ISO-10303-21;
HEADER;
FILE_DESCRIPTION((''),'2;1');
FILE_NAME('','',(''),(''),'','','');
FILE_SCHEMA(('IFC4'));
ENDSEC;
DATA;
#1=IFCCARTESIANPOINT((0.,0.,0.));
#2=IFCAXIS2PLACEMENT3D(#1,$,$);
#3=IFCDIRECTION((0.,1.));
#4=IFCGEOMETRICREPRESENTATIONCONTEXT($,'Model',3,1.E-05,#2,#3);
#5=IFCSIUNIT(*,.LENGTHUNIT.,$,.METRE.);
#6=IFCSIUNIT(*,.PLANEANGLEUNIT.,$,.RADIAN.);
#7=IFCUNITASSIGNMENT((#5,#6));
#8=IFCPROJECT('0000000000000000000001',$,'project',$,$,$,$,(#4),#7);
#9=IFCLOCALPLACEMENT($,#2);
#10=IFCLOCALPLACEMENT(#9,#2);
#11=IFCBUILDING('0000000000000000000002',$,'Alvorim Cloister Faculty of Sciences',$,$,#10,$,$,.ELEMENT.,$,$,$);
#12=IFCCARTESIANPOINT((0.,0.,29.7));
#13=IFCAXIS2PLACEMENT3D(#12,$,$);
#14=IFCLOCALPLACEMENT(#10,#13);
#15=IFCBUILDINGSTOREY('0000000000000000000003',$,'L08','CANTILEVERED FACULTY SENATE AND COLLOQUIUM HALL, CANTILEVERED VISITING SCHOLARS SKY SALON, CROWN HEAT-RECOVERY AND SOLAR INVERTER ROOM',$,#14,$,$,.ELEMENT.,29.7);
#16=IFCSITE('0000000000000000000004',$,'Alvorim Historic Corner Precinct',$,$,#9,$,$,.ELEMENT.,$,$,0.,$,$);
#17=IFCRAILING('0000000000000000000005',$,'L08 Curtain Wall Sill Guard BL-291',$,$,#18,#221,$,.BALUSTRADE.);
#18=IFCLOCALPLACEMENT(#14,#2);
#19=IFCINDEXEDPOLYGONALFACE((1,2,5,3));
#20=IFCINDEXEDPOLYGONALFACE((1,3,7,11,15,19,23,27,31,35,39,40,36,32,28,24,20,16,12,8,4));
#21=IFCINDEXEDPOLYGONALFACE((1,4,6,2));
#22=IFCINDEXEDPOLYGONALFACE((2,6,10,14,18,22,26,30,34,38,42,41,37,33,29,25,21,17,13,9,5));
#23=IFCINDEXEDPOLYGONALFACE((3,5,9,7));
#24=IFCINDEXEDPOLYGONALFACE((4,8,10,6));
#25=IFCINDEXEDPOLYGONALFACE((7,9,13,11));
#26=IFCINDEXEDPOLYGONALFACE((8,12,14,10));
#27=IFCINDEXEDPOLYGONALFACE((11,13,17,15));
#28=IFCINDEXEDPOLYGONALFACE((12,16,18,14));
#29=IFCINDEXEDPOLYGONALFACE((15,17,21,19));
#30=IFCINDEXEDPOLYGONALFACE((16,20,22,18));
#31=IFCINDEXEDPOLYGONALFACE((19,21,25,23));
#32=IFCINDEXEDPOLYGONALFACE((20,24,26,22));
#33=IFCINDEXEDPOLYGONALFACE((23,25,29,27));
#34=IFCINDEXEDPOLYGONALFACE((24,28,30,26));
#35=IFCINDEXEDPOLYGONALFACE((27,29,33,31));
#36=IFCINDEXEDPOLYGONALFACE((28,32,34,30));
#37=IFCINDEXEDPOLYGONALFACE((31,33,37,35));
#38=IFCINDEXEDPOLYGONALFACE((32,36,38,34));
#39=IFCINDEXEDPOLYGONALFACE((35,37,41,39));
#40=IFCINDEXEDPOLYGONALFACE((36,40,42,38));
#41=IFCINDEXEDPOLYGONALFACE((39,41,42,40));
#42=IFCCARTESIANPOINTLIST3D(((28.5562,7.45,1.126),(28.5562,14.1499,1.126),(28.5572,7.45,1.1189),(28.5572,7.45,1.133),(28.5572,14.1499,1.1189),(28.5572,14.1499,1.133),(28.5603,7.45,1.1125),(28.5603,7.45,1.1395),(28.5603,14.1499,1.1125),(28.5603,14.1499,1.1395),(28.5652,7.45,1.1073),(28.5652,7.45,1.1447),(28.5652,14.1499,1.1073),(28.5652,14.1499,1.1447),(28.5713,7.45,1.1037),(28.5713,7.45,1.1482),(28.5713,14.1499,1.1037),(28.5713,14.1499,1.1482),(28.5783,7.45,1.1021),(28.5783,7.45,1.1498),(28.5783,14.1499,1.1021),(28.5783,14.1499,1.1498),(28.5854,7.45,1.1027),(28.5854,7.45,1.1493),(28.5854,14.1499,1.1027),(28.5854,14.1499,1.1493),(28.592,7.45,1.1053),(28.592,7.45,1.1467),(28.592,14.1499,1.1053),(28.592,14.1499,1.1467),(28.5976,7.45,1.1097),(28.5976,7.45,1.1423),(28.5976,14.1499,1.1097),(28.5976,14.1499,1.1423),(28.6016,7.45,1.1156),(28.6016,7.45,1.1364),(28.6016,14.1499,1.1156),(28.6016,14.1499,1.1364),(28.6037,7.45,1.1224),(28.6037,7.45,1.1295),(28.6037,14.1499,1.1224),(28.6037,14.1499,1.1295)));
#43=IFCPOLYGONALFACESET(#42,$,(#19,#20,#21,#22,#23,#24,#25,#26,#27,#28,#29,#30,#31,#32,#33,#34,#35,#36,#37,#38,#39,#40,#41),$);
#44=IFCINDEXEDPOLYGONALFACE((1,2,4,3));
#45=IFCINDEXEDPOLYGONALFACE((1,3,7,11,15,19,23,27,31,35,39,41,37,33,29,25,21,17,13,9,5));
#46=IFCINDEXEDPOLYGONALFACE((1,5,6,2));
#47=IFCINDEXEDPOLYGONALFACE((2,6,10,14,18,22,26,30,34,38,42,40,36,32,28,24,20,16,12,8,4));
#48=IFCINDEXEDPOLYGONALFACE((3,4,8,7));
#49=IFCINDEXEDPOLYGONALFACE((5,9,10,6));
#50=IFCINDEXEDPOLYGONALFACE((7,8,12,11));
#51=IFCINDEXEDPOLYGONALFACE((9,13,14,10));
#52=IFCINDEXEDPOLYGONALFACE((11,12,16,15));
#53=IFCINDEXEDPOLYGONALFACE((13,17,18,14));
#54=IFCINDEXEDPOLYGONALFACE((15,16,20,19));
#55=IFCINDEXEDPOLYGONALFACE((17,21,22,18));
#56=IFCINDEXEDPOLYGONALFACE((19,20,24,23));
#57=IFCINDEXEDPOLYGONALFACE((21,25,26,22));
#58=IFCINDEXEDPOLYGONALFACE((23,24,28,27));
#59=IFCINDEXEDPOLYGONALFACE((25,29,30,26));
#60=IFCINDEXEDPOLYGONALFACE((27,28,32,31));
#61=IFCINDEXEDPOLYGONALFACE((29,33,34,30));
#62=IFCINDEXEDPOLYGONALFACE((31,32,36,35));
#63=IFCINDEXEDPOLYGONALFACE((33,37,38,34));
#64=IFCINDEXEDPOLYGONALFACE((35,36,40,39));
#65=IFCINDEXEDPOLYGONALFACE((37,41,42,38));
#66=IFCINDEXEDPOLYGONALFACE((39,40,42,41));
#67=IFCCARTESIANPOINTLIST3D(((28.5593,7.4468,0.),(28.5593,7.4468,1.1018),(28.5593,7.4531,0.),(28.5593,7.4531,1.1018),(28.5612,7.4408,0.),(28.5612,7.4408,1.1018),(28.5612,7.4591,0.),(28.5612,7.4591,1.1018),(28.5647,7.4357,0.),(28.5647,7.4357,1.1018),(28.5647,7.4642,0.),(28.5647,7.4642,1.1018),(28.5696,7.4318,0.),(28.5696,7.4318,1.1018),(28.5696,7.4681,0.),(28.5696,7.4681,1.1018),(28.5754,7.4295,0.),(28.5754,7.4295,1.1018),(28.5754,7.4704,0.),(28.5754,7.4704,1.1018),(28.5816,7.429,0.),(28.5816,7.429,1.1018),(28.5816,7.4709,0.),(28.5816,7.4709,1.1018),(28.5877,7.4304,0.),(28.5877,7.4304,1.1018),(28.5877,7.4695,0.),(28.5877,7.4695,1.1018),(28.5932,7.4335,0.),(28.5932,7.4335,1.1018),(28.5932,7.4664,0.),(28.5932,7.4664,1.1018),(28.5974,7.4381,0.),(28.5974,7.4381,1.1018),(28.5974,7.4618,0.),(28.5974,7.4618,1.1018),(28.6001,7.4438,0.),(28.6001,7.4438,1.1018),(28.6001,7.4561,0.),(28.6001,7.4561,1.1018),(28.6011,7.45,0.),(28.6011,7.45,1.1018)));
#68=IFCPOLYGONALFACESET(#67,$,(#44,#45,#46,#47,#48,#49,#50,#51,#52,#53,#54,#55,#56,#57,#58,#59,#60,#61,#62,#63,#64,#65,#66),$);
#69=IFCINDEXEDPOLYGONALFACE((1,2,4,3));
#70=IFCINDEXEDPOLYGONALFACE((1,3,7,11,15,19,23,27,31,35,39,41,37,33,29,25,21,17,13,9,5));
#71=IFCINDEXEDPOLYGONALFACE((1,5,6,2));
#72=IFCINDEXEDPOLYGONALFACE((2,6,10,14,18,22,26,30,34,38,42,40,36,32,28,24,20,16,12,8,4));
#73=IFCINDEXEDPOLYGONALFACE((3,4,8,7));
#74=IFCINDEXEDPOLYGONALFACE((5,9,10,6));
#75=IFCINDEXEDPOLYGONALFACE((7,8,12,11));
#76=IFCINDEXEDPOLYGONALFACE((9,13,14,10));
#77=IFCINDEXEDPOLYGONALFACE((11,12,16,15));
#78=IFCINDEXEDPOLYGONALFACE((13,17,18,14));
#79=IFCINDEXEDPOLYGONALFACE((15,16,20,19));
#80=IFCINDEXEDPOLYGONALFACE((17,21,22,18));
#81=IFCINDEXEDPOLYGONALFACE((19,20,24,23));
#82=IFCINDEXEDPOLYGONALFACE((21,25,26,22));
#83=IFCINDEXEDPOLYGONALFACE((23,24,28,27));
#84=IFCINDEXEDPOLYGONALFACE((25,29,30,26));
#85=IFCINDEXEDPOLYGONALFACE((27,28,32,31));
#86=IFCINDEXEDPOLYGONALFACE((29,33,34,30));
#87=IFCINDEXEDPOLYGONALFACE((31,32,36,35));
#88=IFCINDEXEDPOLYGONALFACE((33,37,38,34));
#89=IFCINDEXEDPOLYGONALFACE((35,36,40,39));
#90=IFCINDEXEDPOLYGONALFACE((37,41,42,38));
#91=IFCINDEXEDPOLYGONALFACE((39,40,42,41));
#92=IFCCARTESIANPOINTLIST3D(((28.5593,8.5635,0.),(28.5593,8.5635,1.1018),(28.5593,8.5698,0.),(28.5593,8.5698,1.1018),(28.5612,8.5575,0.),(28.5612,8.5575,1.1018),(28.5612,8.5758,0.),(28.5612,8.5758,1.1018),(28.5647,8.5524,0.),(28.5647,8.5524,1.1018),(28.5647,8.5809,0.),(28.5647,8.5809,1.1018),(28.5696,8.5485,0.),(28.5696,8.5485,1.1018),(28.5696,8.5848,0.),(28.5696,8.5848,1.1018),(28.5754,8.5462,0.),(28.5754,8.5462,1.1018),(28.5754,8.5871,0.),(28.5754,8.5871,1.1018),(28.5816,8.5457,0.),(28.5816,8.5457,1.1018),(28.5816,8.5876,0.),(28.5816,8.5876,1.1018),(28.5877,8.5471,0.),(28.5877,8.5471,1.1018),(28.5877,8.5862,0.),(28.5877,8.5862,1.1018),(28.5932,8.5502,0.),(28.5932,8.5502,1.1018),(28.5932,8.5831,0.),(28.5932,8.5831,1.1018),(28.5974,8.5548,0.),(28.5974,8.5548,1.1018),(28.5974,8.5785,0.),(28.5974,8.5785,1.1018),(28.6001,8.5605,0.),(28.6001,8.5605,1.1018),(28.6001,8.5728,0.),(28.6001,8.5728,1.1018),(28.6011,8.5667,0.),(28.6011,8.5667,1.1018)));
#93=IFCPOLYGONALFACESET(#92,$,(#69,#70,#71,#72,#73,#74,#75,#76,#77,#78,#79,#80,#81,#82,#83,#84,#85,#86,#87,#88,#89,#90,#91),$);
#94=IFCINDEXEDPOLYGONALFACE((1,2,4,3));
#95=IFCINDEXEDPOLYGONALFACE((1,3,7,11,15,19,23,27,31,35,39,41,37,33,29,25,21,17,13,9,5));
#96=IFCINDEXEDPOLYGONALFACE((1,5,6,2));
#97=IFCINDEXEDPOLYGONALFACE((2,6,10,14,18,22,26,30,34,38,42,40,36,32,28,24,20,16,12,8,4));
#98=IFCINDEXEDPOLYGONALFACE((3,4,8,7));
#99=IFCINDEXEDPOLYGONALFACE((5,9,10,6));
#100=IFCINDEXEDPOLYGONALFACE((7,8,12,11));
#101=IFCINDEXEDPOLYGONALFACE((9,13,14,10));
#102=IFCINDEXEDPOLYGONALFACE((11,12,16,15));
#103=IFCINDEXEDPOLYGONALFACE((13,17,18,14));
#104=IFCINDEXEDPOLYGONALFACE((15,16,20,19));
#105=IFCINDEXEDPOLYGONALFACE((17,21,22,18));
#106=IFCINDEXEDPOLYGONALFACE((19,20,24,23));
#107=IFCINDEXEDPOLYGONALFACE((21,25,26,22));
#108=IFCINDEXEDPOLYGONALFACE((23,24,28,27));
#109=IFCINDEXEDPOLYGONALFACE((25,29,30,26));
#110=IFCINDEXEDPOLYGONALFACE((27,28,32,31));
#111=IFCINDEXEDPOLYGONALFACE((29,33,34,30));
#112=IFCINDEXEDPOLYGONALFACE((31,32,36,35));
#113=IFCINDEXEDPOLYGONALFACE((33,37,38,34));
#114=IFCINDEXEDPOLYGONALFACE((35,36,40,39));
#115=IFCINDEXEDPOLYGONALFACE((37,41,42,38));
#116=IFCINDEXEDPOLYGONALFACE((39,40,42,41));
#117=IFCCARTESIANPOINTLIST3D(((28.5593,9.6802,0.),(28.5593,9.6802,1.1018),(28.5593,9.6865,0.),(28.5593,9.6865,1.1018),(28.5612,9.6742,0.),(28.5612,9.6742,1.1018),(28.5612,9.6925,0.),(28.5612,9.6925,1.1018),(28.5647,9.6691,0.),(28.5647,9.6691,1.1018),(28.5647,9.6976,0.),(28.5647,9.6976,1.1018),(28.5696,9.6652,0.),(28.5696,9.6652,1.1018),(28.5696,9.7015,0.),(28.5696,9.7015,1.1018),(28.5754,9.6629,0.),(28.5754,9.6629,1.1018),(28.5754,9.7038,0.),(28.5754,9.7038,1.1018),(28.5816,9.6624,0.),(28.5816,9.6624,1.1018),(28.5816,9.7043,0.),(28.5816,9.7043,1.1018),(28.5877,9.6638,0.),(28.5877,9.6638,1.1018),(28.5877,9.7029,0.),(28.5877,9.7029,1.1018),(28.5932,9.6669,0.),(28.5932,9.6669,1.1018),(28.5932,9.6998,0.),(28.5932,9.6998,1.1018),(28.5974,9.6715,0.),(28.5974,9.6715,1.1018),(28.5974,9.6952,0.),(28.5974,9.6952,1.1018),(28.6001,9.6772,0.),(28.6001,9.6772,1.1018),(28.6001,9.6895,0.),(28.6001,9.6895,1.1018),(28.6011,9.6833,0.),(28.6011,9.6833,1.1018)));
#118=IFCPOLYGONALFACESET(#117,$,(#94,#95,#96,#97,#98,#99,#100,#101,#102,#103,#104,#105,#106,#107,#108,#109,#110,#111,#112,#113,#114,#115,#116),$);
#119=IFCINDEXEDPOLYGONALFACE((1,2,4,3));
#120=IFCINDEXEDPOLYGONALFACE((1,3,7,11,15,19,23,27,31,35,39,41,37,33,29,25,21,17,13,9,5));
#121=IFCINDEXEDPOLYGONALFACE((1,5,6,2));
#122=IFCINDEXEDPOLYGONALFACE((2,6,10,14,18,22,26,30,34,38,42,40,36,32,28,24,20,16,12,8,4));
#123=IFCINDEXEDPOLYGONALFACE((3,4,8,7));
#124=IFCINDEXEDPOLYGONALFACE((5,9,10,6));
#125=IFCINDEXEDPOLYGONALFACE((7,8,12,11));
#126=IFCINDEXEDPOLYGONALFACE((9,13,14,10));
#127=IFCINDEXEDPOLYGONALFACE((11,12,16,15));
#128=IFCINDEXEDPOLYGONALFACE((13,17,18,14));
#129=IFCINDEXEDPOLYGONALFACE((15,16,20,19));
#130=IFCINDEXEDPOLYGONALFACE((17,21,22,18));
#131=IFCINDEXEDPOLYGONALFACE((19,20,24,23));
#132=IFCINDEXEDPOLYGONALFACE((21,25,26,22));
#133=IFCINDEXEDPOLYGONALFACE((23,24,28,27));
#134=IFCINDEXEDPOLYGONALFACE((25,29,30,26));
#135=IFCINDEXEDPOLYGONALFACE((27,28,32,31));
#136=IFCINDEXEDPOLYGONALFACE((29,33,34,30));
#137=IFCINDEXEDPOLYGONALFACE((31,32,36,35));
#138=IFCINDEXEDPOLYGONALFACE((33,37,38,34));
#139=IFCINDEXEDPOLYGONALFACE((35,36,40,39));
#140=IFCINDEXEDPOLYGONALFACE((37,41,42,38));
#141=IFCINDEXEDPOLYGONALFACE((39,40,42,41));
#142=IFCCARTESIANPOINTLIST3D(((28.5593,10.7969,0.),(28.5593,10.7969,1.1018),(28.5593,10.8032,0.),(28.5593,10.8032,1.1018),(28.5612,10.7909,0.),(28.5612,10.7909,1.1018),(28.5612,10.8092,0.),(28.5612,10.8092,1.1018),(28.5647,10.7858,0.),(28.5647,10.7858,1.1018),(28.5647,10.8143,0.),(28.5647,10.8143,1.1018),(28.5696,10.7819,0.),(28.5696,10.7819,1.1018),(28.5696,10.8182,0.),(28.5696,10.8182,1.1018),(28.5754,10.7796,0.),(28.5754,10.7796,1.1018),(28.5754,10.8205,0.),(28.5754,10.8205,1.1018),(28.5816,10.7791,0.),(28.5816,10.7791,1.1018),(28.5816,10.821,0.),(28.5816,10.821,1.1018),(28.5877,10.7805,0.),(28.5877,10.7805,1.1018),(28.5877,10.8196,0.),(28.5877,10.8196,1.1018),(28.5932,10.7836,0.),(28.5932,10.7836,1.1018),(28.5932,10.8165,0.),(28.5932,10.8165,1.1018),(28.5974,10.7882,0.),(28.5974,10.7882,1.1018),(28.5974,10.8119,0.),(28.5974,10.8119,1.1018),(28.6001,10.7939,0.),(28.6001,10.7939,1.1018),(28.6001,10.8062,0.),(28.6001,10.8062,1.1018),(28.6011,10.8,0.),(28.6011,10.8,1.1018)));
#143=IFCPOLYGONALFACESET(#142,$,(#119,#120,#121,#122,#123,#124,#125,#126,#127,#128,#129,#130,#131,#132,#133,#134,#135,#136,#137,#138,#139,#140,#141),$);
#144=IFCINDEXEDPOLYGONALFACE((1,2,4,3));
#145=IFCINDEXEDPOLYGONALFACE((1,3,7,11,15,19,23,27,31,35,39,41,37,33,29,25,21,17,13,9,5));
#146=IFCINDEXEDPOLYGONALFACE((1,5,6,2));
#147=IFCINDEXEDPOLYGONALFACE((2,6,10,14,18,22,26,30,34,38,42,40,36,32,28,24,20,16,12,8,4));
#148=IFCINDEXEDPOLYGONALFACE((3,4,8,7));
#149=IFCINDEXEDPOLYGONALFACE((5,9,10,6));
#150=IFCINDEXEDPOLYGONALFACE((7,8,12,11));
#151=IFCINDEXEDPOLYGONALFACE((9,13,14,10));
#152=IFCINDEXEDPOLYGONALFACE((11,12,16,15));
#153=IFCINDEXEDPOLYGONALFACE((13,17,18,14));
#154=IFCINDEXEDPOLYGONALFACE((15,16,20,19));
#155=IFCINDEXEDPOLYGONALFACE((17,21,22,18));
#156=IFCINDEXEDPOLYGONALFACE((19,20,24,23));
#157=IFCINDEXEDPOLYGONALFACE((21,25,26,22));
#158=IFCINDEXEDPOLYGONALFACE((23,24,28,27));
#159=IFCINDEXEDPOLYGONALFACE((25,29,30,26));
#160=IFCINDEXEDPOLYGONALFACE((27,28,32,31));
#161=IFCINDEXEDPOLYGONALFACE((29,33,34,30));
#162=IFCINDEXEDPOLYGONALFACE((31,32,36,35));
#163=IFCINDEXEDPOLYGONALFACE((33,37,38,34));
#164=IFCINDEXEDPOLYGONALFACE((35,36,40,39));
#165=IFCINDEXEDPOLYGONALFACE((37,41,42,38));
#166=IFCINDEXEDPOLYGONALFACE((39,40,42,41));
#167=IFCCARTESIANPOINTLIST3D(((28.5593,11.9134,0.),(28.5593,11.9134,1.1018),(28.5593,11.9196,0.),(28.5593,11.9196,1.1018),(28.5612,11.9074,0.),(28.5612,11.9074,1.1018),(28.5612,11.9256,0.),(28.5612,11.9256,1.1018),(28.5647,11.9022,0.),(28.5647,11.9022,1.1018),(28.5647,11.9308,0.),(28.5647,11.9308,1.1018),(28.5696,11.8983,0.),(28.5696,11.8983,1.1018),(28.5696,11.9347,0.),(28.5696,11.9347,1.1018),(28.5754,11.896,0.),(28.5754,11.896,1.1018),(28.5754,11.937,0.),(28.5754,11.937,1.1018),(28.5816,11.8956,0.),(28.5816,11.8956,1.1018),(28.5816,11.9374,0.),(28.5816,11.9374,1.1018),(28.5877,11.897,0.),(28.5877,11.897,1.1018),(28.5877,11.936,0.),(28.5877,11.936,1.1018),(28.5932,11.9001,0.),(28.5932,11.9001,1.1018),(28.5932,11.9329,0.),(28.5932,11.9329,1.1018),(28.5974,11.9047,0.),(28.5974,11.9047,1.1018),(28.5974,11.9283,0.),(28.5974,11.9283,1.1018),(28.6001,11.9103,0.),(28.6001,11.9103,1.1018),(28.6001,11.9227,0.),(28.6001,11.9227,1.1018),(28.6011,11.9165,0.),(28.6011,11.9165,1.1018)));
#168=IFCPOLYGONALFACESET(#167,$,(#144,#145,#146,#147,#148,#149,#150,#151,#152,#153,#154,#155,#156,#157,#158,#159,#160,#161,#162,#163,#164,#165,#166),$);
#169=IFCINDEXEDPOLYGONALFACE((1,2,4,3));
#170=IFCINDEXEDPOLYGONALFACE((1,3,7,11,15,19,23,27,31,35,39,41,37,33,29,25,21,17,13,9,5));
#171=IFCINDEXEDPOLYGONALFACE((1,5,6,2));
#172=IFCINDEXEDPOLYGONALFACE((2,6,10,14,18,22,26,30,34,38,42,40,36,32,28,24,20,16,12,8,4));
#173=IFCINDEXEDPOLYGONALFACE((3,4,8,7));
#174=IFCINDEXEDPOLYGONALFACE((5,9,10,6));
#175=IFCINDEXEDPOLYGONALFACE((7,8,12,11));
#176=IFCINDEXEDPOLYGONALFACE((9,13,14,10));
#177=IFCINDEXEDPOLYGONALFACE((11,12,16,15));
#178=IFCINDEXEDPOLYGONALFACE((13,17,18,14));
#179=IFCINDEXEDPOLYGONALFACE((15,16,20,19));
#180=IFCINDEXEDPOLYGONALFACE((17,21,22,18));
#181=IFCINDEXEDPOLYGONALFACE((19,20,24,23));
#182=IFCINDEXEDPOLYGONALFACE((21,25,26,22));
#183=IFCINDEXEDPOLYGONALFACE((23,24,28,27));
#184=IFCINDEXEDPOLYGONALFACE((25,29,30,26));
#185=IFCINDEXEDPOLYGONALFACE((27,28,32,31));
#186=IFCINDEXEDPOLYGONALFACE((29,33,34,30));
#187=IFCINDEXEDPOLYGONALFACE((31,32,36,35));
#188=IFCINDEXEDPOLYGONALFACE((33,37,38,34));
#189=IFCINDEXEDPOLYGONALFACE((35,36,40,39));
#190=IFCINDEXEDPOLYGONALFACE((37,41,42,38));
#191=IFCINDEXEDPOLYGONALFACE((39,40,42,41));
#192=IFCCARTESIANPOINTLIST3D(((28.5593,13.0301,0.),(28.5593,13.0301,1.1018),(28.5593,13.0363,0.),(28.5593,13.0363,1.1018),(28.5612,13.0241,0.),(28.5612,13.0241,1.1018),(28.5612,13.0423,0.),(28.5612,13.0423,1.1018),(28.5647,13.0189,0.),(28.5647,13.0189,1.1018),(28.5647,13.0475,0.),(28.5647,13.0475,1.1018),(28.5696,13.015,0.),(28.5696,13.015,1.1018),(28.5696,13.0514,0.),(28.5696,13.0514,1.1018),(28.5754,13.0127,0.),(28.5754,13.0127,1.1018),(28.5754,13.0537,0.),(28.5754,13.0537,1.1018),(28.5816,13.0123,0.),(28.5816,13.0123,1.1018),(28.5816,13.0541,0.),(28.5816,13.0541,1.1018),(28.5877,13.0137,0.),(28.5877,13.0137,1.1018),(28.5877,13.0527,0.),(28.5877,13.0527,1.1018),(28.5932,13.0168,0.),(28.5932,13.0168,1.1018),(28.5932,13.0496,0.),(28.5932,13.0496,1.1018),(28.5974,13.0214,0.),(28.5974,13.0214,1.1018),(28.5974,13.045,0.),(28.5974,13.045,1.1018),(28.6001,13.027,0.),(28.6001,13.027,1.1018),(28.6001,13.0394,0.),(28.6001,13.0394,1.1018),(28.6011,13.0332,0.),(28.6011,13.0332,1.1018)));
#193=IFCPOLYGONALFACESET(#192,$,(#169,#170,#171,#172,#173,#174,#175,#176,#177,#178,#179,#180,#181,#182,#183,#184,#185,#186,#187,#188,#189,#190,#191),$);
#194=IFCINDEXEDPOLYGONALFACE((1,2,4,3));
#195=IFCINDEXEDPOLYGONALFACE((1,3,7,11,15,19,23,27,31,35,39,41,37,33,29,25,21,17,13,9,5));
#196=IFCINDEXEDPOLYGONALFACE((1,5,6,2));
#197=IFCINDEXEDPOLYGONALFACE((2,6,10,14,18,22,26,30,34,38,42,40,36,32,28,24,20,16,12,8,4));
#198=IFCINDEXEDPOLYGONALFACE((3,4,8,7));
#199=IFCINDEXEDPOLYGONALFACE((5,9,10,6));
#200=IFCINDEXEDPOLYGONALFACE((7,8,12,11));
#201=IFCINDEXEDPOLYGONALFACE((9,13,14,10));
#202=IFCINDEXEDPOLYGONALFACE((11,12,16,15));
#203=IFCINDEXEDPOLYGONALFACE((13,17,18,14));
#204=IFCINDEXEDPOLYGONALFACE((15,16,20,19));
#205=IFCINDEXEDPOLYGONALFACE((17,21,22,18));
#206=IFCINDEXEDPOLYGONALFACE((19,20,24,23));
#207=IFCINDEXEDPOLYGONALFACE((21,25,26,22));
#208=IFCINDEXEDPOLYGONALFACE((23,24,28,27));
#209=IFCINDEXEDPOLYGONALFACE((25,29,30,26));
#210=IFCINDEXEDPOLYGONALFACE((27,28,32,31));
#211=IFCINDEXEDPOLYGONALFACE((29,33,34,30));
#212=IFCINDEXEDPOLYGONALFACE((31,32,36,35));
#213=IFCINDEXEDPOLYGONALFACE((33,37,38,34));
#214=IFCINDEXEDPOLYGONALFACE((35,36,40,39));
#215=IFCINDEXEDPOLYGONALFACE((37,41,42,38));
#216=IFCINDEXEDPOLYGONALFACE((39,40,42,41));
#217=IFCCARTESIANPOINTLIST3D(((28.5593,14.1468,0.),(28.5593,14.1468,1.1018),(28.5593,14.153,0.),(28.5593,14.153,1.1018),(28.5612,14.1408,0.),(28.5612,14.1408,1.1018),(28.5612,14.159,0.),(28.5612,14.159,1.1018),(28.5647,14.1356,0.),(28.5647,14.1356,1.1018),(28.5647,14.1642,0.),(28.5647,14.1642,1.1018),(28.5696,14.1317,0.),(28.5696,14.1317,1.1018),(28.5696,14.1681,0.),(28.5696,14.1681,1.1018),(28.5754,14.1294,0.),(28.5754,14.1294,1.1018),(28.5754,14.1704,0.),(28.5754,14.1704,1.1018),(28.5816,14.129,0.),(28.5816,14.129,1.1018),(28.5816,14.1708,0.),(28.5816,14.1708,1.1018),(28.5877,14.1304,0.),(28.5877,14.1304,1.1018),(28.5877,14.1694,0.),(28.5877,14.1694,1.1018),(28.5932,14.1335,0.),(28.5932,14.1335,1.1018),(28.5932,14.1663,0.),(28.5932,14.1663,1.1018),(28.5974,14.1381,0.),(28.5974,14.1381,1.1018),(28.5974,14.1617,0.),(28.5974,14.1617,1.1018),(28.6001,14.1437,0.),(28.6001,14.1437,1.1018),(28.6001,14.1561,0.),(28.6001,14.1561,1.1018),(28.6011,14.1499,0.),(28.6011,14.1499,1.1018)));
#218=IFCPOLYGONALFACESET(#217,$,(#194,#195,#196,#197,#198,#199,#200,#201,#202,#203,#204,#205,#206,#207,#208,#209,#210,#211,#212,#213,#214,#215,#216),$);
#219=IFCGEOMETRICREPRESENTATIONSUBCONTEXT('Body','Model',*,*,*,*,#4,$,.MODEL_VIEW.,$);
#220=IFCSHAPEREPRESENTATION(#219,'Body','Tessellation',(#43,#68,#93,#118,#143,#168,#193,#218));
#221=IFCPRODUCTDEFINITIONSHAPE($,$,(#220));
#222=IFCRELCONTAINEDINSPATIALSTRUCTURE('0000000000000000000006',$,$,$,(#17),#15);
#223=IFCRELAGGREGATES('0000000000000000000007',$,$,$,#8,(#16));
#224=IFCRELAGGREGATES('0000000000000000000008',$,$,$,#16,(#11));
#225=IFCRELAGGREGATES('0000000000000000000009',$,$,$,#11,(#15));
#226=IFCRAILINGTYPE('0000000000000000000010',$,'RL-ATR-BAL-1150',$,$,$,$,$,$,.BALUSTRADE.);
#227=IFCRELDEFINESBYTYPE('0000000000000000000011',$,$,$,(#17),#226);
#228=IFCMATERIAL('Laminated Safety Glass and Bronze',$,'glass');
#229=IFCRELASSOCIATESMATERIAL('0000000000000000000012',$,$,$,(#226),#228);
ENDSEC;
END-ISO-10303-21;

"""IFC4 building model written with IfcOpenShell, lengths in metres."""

from ifc_helpers import new_model, si_unit, direction, frame, origin, origin_2d, place, context, subcontext, project, spatial, circle, extrude, material, type_object, element, save


model = new_model("IFC4")

# Units and contexts
model_context = context("Model", 3, precision=1e-05, world=origin(), true_north=direction((0.0, 1.0)))
body_context = subcontext(model_context, "Body", "Model", "MODEL_VIEW")
ifc_project = project(units=[si_unit("LENGTHUNIT", "METRE"), si_unit("PLANEANGLEUNIT", "RADIAN")], contexts=[model_context])

# Site, building, storey
site_placement = place(None, origin())
site = spatial("IfcSite", under=ifc_project, at=site_placement, Name="Alvorim Historic Corner Precinct", CompositionType="ELEMENT", RefElevation=0.0)
building_placement = place(site_placement, origin())
building = spatial("IfcBuilding", under=site, at=building_placement, Name="Alvorim Cloister Faculty of Sciences", CompositionType="ELEMENT")
storey_placement = place(building_placement, frame((0.0, 0.0, 29.7)))
storey = spatial("IfcBuildingStorey", under=building, at=storey_placement, Name="L08", Description="CANTILEVERED FACULTY SENATE AND COLLOQUIUM HALL, CANTILEVERED VISITING SCHOLARS SKY SALON, CROWN HEAT-RECOVERY AND SOLAR INVERTER ROOM", CompositionType="ELEMENT", Elevation=29.7)

# Railing
ifc_material_1 = material(Name="Laminated Safety Glass and Bronze", Category="glass")
railing_type = type_object("IfcRailingType", Name="RL-ATR-BAL-1150", PredefinedType="BALUSTRADE", material=ifc_material_1)
railing_placement = place(storey_placement, frame((28.5801, 7.45, 0.0)))
element("IfcRailing", 1, at=railing_placement, inside=storey, type_object=railing_type, Name="L08 Curtain Wall Sill Guard BL-291", PredefinedType="BALUSTRADE", context=body_context, shape_type="SweptSolid", body=[
    extrude(circle(Radius=0.0239, at=origin_2d()), frame((0.0, 0.0, 1.126), z_axis=(0.0, 1.0, 0.0), x_axis=(-1.0, 0.0, 0.0)), (0.0, 0.0, 1.0), 6.7),
    extrude(circle(Radius=0.021, at=origin_2d()), origin(), (0.0, 0.0, 1.0), 1.1018),
    extrude(circle(Radius=0.021, at=origin_2d()), frame((0.0, 1.1167, 0.0)), (0.0, 0.0, 1.0), 1.1018),
    extrude(circle(Radius=0.021, at=origin_2d()), frame((0.0, 2.2334, 0.0)), (0.0, 0.0, 1.0), 1.1018),
    extrude(circle(Radius=0.021, at=origin_2d()), frame((0.0, 3.3501, 0.0)), (0.0, 0.0, 1.0), 1.1018),
    extrude(circle(Radius=0.021, at=origin_2d()), frame((0.0, 4.4666, 0.0)), (0.0, 0.0, 1.0), 1.1018),
    extrude(circle(Radius=0.021, at=origin_2d()), frame((0.0, 5.5833, 0.0)), (0.0, 0.0, 1.0), 1.1018),
    extrude(circle(Radius=0.021, at=origin_2d()), frame((0.0, 6.7, 0.0)), (0.0, 0.0, 1.0), 1.1018),
])

save(model, "model.ifc")
